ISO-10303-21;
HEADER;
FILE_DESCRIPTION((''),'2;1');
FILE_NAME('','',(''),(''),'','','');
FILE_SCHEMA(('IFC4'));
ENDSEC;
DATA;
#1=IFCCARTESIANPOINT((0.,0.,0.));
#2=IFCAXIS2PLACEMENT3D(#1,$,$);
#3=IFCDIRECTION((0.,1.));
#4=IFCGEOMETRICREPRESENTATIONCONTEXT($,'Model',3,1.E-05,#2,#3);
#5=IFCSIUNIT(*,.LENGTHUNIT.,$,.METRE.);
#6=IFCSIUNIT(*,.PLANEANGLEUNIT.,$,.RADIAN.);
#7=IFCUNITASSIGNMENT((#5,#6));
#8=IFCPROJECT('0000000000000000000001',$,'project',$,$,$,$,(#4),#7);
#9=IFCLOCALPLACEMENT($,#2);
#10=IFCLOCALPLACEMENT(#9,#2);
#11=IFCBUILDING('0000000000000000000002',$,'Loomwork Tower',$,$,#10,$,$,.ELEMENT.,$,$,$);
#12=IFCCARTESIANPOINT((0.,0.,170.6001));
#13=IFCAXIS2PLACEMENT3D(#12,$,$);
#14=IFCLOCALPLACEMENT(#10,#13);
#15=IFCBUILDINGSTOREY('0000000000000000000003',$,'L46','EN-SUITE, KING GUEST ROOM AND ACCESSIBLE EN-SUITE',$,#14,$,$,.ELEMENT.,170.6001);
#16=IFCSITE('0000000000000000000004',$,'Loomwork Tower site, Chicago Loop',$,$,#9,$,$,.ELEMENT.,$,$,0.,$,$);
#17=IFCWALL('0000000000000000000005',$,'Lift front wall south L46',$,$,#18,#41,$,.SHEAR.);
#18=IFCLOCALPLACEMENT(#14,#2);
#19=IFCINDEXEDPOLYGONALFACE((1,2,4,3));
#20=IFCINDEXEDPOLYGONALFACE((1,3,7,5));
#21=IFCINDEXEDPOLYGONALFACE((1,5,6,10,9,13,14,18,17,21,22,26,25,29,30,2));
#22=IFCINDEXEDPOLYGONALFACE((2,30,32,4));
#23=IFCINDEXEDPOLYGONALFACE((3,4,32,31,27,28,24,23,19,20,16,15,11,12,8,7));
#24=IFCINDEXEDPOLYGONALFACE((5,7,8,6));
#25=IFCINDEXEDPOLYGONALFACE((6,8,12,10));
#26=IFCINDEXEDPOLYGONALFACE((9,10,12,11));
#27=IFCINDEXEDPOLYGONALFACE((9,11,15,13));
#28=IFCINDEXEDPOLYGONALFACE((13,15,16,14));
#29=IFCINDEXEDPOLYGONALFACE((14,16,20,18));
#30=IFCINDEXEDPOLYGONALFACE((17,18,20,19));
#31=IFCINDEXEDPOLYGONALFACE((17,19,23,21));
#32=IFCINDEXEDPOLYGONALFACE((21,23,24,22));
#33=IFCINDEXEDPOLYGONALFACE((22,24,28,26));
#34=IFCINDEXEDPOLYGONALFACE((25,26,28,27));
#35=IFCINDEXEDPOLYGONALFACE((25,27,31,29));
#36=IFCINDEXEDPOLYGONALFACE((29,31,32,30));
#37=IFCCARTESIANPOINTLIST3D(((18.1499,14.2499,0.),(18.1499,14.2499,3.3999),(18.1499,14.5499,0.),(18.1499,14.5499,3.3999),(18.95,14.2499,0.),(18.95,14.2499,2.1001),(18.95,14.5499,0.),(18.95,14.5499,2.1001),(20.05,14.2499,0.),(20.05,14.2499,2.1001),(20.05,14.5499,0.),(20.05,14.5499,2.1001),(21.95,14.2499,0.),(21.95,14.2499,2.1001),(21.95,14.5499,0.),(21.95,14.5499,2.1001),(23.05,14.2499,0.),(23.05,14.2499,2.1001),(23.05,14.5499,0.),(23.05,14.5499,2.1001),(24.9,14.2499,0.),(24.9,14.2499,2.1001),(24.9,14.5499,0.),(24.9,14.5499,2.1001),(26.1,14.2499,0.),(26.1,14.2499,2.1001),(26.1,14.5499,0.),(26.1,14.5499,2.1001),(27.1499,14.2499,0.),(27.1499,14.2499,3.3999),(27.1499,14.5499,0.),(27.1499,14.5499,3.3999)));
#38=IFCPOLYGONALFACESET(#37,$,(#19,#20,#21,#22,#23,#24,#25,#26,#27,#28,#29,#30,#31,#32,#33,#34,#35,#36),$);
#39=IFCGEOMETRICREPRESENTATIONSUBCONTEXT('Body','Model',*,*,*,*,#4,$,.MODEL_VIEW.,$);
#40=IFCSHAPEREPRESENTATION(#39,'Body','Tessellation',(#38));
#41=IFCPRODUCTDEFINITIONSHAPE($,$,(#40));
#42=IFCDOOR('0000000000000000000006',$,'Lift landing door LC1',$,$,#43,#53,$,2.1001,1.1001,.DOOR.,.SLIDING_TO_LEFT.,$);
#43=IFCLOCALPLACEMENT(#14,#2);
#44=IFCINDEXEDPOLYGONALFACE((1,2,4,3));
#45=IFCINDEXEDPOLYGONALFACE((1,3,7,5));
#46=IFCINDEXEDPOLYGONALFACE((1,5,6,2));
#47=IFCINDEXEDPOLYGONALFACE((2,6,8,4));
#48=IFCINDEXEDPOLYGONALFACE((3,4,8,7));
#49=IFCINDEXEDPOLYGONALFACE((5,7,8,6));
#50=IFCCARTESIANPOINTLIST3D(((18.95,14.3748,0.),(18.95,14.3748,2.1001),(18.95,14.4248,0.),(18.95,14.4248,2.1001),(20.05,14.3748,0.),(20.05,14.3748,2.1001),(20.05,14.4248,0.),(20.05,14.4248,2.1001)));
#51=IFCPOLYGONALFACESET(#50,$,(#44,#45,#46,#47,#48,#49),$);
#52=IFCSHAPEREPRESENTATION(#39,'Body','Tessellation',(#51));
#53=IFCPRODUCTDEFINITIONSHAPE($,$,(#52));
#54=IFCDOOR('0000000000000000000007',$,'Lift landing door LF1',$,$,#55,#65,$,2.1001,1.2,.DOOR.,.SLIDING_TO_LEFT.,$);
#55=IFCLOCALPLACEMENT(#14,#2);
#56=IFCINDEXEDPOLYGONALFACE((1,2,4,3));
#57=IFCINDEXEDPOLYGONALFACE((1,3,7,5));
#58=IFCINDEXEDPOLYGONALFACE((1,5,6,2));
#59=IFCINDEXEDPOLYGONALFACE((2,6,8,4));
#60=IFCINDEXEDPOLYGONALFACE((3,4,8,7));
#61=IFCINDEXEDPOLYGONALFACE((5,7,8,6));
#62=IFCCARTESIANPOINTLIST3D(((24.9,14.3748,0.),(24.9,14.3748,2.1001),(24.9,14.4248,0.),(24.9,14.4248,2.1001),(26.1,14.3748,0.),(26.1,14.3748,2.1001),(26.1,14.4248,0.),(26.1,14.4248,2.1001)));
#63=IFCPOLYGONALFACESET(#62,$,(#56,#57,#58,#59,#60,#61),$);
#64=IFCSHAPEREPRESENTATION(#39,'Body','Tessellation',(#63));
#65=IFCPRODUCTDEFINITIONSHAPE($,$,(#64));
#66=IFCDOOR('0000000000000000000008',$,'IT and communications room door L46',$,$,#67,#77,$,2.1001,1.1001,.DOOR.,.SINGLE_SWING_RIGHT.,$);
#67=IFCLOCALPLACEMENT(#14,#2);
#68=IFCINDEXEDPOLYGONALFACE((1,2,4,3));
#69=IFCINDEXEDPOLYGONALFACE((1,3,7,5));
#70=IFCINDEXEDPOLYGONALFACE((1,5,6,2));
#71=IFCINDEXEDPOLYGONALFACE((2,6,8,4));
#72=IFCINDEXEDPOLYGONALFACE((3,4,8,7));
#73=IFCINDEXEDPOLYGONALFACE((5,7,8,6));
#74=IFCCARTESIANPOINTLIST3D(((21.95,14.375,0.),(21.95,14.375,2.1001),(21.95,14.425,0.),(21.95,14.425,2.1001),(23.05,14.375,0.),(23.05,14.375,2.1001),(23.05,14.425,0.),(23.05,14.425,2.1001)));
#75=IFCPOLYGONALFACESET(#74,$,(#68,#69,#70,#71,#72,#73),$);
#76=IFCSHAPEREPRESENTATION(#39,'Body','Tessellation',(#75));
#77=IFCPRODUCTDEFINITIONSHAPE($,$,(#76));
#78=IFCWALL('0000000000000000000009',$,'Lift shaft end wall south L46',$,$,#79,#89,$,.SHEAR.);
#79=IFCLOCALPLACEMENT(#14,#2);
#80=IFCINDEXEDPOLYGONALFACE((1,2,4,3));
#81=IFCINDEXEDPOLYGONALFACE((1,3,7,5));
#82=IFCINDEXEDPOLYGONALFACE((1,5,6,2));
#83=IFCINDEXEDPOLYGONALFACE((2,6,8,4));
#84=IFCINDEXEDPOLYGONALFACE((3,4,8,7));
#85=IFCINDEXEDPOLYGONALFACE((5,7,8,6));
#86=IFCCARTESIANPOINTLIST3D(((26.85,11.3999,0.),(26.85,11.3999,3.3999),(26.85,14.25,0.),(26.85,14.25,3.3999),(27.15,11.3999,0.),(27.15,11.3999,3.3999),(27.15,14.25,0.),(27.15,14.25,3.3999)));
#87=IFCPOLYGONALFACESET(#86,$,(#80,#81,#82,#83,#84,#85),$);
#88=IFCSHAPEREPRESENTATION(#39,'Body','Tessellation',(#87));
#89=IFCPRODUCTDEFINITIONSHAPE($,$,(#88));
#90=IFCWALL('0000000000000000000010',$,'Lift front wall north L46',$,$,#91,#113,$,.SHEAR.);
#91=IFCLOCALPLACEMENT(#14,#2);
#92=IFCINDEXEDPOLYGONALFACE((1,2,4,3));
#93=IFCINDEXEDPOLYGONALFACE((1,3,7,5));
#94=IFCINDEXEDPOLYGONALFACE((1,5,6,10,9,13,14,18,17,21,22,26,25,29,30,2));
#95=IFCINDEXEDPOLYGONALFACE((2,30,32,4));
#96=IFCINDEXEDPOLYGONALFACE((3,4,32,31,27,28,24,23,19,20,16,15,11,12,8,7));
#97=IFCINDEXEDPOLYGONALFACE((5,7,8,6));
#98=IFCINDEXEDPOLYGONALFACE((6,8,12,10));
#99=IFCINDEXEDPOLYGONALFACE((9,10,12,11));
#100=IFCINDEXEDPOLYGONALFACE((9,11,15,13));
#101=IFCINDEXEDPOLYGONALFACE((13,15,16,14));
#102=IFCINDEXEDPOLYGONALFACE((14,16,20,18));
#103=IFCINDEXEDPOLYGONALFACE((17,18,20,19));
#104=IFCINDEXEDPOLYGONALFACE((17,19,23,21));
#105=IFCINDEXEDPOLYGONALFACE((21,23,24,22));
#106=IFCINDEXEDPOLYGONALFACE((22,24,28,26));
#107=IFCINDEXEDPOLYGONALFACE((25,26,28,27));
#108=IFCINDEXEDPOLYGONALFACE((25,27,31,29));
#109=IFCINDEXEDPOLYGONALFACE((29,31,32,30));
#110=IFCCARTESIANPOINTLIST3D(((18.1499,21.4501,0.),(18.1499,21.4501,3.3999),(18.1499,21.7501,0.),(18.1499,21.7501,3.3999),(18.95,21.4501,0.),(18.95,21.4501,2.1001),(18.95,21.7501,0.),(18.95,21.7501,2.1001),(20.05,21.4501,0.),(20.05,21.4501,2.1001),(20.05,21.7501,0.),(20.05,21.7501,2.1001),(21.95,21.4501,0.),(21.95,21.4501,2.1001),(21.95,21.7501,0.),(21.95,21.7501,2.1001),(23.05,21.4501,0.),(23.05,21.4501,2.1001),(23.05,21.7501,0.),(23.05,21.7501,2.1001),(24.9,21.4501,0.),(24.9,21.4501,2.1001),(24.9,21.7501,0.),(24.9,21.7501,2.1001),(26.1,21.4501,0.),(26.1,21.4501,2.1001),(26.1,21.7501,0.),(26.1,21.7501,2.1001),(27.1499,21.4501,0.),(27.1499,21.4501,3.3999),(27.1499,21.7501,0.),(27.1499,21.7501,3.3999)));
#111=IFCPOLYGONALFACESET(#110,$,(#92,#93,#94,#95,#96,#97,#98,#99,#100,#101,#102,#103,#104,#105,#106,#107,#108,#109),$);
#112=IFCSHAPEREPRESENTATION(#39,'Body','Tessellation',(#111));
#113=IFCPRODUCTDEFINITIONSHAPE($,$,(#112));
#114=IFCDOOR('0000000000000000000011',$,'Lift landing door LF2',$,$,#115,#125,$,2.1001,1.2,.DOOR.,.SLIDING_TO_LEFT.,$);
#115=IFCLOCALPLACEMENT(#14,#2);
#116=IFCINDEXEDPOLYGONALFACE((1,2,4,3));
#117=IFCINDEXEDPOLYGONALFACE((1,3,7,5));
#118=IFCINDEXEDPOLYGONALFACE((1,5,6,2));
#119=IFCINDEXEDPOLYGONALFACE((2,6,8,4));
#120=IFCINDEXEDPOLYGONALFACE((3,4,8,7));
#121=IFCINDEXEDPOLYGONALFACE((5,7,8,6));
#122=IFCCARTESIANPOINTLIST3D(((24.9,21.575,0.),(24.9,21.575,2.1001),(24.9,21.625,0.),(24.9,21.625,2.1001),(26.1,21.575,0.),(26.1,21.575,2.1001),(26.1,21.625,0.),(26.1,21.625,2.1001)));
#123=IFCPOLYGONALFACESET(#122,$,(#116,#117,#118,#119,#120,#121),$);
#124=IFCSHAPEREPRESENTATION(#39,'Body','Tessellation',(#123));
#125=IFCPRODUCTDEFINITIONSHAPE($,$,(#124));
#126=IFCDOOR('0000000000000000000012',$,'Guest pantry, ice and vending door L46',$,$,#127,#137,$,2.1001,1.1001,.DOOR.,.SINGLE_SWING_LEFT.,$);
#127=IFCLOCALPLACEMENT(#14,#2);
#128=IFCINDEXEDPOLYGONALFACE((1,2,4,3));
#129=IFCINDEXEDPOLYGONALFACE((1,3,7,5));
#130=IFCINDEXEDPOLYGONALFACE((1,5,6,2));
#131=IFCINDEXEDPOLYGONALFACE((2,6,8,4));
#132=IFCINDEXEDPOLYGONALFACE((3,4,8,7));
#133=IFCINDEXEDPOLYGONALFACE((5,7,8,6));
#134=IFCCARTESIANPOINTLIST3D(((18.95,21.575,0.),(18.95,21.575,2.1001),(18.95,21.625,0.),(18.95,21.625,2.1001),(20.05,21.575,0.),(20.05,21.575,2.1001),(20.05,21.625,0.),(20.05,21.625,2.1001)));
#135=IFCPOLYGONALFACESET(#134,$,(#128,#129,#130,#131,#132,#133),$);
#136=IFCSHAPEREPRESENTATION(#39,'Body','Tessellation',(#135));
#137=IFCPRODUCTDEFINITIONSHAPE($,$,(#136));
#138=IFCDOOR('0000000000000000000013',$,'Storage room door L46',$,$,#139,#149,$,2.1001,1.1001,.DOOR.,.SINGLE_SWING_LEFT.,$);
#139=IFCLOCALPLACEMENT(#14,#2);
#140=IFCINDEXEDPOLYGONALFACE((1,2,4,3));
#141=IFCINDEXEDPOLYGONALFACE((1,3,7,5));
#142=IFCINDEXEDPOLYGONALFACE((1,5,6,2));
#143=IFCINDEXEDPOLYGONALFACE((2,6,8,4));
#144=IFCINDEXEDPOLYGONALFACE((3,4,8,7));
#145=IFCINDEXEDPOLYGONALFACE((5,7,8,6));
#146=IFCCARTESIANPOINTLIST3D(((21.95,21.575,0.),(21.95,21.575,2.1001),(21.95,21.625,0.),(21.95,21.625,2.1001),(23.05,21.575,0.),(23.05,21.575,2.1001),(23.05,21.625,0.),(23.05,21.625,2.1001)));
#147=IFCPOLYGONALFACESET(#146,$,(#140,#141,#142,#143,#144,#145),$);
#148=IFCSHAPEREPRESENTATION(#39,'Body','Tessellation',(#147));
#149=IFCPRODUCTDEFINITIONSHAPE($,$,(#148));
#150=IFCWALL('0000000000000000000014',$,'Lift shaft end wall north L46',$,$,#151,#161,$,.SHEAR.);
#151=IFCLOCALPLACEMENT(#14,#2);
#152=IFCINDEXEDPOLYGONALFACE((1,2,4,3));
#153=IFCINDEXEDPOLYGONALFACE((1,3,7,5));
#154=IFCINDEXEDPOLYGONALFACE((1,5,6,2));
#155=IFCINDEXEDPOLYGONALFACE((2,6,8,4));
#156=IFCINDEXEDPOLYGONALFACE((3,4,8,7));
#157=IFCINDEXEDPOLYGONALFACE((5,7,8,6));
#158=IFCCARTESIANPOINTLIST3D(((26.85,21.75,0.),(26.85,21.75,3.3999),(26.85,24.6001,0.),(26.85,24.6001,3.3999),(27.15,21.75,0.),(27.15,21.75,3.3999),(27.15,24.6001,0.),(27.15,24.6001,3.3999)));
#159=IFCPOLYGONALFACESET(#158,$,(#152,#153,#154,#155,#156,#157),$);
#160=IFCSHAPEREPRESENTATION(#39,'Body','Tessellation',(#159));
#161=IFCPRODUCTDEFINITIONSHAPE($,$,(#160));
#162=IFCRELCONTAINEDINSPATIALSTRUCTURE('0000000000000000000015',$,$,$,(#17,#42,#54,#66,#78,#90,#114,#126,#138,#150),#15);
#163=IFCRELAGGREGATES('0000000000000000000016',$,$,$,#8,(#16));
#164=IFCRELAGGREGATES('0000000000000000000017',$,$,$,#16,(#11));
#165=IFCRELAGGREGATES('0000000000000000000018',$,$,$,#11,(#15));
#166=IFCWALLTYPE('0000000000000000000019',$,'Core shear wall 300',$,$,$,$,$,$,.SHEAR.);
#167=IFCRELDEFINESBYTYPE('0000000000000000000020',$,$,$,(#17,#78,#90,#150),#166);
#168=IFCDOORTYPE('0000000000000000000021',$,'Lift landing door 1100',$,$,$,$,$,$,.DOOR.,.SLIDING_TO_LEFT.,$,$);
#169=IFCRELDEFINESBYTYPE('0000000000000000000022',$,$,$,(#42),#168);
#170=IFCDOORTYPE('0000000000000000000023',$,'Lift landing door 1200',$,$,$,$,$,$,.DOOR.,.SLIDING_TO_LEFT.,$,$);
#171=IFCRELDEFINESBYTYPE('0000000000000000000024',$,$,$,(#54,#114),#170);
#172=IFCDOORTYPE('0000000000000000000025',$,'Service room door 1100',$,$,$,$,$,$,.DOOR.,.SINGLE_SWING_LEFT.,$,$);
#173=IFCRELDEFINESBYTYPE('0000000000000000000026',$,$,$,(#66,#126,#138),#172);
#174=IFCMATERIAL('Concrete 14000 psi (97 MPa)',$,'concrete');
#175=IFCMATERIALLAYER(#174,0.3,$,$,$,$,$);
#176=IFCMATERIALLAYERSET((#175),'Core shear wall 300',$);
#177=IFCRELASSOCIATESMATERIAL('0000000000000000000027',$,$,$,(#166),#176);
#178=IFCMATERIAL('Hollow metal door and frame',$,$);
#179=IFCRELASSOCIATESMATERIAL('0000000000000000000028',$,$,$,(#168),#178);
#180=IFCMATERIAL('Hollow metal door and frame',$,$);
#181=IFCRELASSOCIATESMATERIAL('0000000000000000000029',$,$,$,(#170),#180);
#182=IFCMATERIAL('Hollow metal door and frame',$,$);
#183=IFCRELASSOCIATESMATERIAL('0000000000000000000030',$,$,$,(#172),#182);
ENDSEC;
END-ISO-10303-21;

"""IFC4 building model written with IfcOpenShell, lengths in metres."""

from ifc_helpers import new_model, si_unit, direction, frame, frame_2d, origin, place, context, subcontext, project, spatial, rectangle, extrude, material, layer, layer_set, type_object, element, fill, save


model = new_model("IFC4")

# Units and contexts
model_context = context("Model", 3, precision=1e-05, world=origin(), true_north=direction((0.0, 1.0)))
body_context = subcontext(model_context, "Body", "Model", "MODEL_VIEW")
ifc_project = project(units=[si_unit("LENGTHUNIT", "METRE"), si_unit("PLANEANGLEUNIT", "RADIAN")], contexts=[model_context])

# Site, building, storey
site_placement = place(None, origin())
site = spatial("IfcSite", under=ifc_project, at=site_placement, Name="Loomwork Tower site, Chicago Loop", CompositionType="ELEMENT", RefElevation=0.0)
building_placement = place(site_placement, origin())
building = spatial("IfcBuilding", under=site, at=building_placement, Name="Loomwork Tower", CompositionType="ELEMENT")
storey_placement = place(building_placement, frame((0.0, 0.0, 170.6001)))
storey = spatial("IfcBuildingStorey", under=building, at=storey_placement, Name="L46", Description="EN-SUITE, KING GUEST ROOM AND ACCESSIBLE EN-SUITE", CompositionType="ELEMENT", Elevation=170.6001)

# Wall, openings, doors
ifc_material_1 = material(Name="Concrete 14000 psi (97 MPa)", Category="concrete")
ifc_layer_1 = layer(ifc_material_1, 0.3)
ifc_layer_set_1 = layer_set([ifc_layer_1], Name="Core shear wall 300")
wall_type_1 = type_object("IfcWallType", Name="Core shear wall 300", PredefinedType="SHEAR", material=ifc_layer_set_1)
wall_1_placement = place(storey_placement, frame((18.1499, 14.3999, 0.0), z_axis=(0.0, 0.0, 1.0), x_axis=(1.0, 0.0, 0.0)))
wall_1 = element("IfcWall", 1, at=wall_1_placement, inside=storey, type_object=wall_type_1, Name="Lift front wall south L46", PredefinedType="SHEAR", context=body_context, shape_type="SweptSolid", body=[
    extrude(rectangle(XDim=9.0, YDim=0.3, at=frame_2d((4.5, 0.0))), origin(), (0.0, 0.0, 1.0), 3.3999),
])
opening_1_placement = place(wall_1_placement, frame((0.8, 0.0, 0.0)))
opening_1 = element("IfcOpeningElement", 2, at=opening_1_placement, cuts=wall_1, PredefinedType="OPENING", context=body_context, shape_type="SweptSolid", body=[
    extrude(rectangle(XDim=1.1001, YDim=2.1001, at=frame_2d((0.55, 1.05))), frame((0.0, 0.1599, 0.0), z_axis=(0.0, -1.0, 0.0), x_axis=(1.0, 0.0, 0.0)), (0.0, 0.0, 1.0), 0.3201),
])
opening_2_placement = place(wall_1_placement, frame((6.75, 0.0, 0.0)))
opening_2 = element("IfcOpeningElement", 3, at=opening_2_placement, cuts=wall_1, PredefinedType="OPENING", context=body_context, shape_type="SweptSolid", body=[
    extrude(rectangle(XDim=1.2, YDim=2.1001, at=frame_2d((0.6001, 1.05))), frame((0.0, 0.1599, 0.0), z_axis=(0.0, -1.0, 0.0), x_axis=(1.0, 0.0, 0.0)), (0.0, 0.0, 1.0), 0.3201),
])
opening_3_placement = place(wall_1_placement, frame((3.8, 0.0, 0.0)))
opening_3 = element("IfcOpeningElement", 4, at=opening_3_placement, cuts=wall_1, PredefinedType="OPENING", context=body_context, shape_type="SweptSolid", body=[
    extrude(rectangle(XDim=1.1001, YDim=2.1001, at=frame_2d((0.55, 1.05))), frame((0.0, 0.1599, 0.0), z_axis=(0.0, -1.0, 0.0), x_axis=(1.0, 0.0, 0.0)), (0.0, 0.0, 1.0), 0.3201),
])
ifc_material_2 = material(Name="Hollow metal door and frame")
door_type_1 = type_object("IfcDoorType", Name="Lift landing door 1100", OperationType="SLIDING_TO_LEFT", PredefinedType="DOOR", material=ifc_material_2)
door_1_placement = place(opening_1_placement, origin())
door_1 = element("IfcDoor", 5, at=door_1_placement, inside=storey, type_object=door_type_1, Name="Lift landing door LC1", OperationType="SLIDING_TO_LEFT", OverallHeight=2.1001, OverallWidth=1.1001, PredefinedType="DOOR", context=body_context, shape_type="SweptSolid", body=[
    extrude(rectangle(XDim=1.1001, YDim=2.1001, at=frame_2d((0.55, 1.05))), frame((0.0, 0.0249, 0.0), z_axis=(0.0, -1.0, 0.0), x_axis=(1.0, 0.0, 0.0)), (0.0, 0.0, 1.0), 0.05),
])
fill(opening_1, door_1)
ifc_material_3 = material(Name="Hollow metal door and frame")
door_type_2 = type_object("IfcDoorType", Name="Lift landing door 1200", OperationType="SLIDING_TO_LEFT", PredefinedType="DOOR", material=ifc_material_3)
door_2_placement = place(opening_2_placement, origin())
door_2 = element("IfcDoor", 6, at=door_2_placement, inside=storey, type_object=door_type_2, Name="Lift landing door LF1", OperationType="SLIDING_TO_LEFT", OverallHeight=2.1001, OverallWidth=1.2, PredefinedType="DOOR", context=body_context, shape_type="SweptSolid", body=[
    extrude(rectangle(XDim=1.2, YDim=2.1001, at=frame_2d((0.6001, 1.05))), frame((0.0, 0.0249, 0.0), z_axis=(0.0, -1.0, 0.0), x_axis=(1.0, 0.0, 0.0)), (0.0, 0.0, 1.0), 0.05),
])
fill(opening_2, door_2)
ifc_material_4 = material(Name="Hollow metal door and frame")
door_type_3 = type_object("IfcDoorType", Name="Service room door 1100", OperationType="SINGLE_SWING_LEFT", PredefinedType="DOOR", material=ifc_material_4)
door_3_placement = place(opening_3_placement, frame((1.1001, 0.0, 0.0), z_axis=(0.0, 0.0, 1.0), x_axis=(-1.0, 0.0, 0.0)))
door_3 = element("IfcDoor", 7, at=door_3_placement, inside=storey, type_object=door_type_3, Name="IT and communications room door L46", OperationType="SINGLE_SWING_RIGHT", OverallHeight=2.1001, OverallWidth=1.1001, PredefinedType="DOOR", context=body_context, shape_type="SweptSolid", body=[
    extrude(rectangle(XDim=1.1001, YDim=2.1001, at=frame_2d((0.55, 1.05))), frame((0.0, 0.0249, 0.0), z_axis=(0.0, -1.0, 0.0), x_axis=(1.0, 0.0, 0.0)), (0.0, 0.0, 1.0), 0.05),
])
fill(opening_3, door_3)

# Wall
wall_2_placement = place(storey_placement, frame((27.0, 11.3999, 0.0), z_axis=(0.0, 0.0, 1.0), x_axis=(0.0, 1.0, 0.0)))
element("IfcWall", 8, at=wall_2_placement, inside=storey, type_object=wall_type_1, Name="Lift shaft end wall south L46", PredefinedType="SHEAR", context=body_context, shape_type="SweptSolid", body=[
    extrude(rectangle(XDim=2.8501, YDim=0.3, at=frame_2d((1.425, 0.0))), origin(), (0.0, 0.0, 1.0), 3.3999),
])

# Wall, openings, doors
wall_3_placement = place(storey_placement, frame((18.1499, 21.6001, 0.0), z_axis=(0.0, 0.0, 1.0), x_axis=(1.0, 0.0, 0.0)))
wall_3 = element("IfcWall", 9, at=wall_3_placement, inside=storey, type_object=wall_type_1, Name="Lift front wall north L46", PredefinedType="SHEAR", context=body_context, shape_type="SweptSolid", body=[
    extrude(rectangle(XDim=9.0, YDim=0.3, at=frame_2d((4.5, 0.0))), origin(), (0.0, 0.0, 1.0), 3.3999),
])
opening_4_placement = place(wall_3_placement, frame((6.75, 0.0, 0.0)))
opening_4 = element("IfcOpeningElement", 10, at=opening_4_placement, cuts=wall_3, PredefinedType="OPENING", context=body_context, shape_type="SweptSolid", body=[
    extrude(rectangle(XDim=1.2, YDim=2.1001, at=frame_2d((0.6001, 1.05))), frame((0.0, 0.1599, 0.0), z_axis=(0.0, -1.0, 0.0), x_axis=(1.0, 0.0, 0.0)), (0.0, 0.0, 1.0), 0.3201),
])
opening_5_placement = place(wall_3_placement, frame((0.8, 0.0, 0.0)))
opening_5 = element("IfcOpeningElement", 11, at=opening_5_placement, cuts=wall_3, PredefinedType="OPENING", context=body_context, shape_type="SweptSolid", body=[
    extrude(rectangle(XDim=1.1001, YDim=2.1001, at=frame_2d((0.55, 1.05))), frame((0.0, 0.1599, 0.0), z_axis=(0.0, -1.0, 0.0), x_axis=(1.0, 0.0, 0.0)), (0.0, 0.0, 1.0), 0.3201),
])
opening_6_placement = place(wall_3_placement, frame((3.8, 0.0, 0.0)))
opening_6 = element("IfcOpeningElement", 12, at=opening_6_placement, cuts=wall_3, PredefinedType="OPENING", context=body_context, shape_type="SweptSolid", body=[
    extrude(rectangle(XDim=1.1001, YDim=2.1001, at=frame_2d((0.55, 1.05))), frame((0.0, 0.1599, 0.0), z_axis=(0.0, -1.0, 0.0), x_axis=(1.0, 0.0, 0.0)), (0.0, 0.0, 1.0), 0.3201),
])
door_4_placement = place(opening_4_placement, origin())
door_4 = element("IfcDoor", 13, at=door_4_placement, inside=storey, type_object=door_type_2, Name="Lift landing door LF2", OperationType="SLIDING_TO_LEFT", OverallHeight=2.1001, OverallWidth=1.2, PredefinedType="DOOR", context=body_context, shape_type="SweptSolid", body=[
    extrude(rectangle(XDim=1.2, YDim=2.1001, at=frame_2d((0.6001, 1.05))), frame((0.0, 0.0249, 0.0), z_axis=(0.0, -1.0, 0.0), x_axis=(1.0, 0.0, 0.0)), (0.0, 0.0, 1.0), 0.05),
])
fill(opening_4, door_4)
door_5_placement = place(opening_5_placement, origin())
door_5 = element("IfcDoor", 14, at=door_5_placement, inside=storey, type_object=door_type_3, Name="Guest pantry, ice and vending door L46", OperationType="SINGLE_SWING_LEFT", OverallHeight=2.1001, OverallWidth=1.1001, PredefinedType="DOOR", context=body_context, shape_type="SweptSolid", body=[
    extrude(rectangle(XDim=1.1001, YDim=2.1001, at=frame_2d((0.55, 1.05))), frame((0.0, 0.0249, 0.0), z_axis=(0.0, -1.0, 0.0), x_axis=(1.0, 0.0, 0.0)), (0.0, 0.0, 1.0), 0.05),
])
fill(opening_5, door_5)
door_6_placement = place(opening_6_placement, origin())
door_6 = element("IfcDoor", 15, at=door_6_placement, inside=storey, type_object=door_type_3, Name="Storage room door L46", OperationType="SINGLE_SWING_LEFT", OverallHeight=2.1001, OverallWidth=1.1001, PredefinedType="DOOR", context=body_context, shape_type="SweptSolid", body=[
    extrude(rectangle(XDim=1.1001, YDim=2.1001, at=frame_2d((0.55, 1.05))), frame((0.0, 0.0249, 0.0), z_axis=(0.0, -1.0, 0.0), x_axis=(1.0, 0.0, 0.0)), (0.0, 0.0, 1.0), 0.05),
])
fill(opening_6, door_6)

# Wall
wall_4_placement = place(storey_placement, frame((27.0, 21.75, 0.0), z_axis=(0.0, 0.0, 1.0), x_axis=(0.0, 1.0, 0.0)))
element("IfcWall", 16, at=wall_4_placement, inside=storey, type_object=wall_type_1, Name="Lift shaft end wall north L46", PredefinedType="SHEAR", context=body_context, shape_type="SweptSolid", body=[
    extrude(rectangle(XDim=2.8501, YDim=0.3, at=frame_2d((1.425, 0.0))), origin(), (0.0, 0.0, 1.0), 3.3999),
])

save(model, "model.ifc")
